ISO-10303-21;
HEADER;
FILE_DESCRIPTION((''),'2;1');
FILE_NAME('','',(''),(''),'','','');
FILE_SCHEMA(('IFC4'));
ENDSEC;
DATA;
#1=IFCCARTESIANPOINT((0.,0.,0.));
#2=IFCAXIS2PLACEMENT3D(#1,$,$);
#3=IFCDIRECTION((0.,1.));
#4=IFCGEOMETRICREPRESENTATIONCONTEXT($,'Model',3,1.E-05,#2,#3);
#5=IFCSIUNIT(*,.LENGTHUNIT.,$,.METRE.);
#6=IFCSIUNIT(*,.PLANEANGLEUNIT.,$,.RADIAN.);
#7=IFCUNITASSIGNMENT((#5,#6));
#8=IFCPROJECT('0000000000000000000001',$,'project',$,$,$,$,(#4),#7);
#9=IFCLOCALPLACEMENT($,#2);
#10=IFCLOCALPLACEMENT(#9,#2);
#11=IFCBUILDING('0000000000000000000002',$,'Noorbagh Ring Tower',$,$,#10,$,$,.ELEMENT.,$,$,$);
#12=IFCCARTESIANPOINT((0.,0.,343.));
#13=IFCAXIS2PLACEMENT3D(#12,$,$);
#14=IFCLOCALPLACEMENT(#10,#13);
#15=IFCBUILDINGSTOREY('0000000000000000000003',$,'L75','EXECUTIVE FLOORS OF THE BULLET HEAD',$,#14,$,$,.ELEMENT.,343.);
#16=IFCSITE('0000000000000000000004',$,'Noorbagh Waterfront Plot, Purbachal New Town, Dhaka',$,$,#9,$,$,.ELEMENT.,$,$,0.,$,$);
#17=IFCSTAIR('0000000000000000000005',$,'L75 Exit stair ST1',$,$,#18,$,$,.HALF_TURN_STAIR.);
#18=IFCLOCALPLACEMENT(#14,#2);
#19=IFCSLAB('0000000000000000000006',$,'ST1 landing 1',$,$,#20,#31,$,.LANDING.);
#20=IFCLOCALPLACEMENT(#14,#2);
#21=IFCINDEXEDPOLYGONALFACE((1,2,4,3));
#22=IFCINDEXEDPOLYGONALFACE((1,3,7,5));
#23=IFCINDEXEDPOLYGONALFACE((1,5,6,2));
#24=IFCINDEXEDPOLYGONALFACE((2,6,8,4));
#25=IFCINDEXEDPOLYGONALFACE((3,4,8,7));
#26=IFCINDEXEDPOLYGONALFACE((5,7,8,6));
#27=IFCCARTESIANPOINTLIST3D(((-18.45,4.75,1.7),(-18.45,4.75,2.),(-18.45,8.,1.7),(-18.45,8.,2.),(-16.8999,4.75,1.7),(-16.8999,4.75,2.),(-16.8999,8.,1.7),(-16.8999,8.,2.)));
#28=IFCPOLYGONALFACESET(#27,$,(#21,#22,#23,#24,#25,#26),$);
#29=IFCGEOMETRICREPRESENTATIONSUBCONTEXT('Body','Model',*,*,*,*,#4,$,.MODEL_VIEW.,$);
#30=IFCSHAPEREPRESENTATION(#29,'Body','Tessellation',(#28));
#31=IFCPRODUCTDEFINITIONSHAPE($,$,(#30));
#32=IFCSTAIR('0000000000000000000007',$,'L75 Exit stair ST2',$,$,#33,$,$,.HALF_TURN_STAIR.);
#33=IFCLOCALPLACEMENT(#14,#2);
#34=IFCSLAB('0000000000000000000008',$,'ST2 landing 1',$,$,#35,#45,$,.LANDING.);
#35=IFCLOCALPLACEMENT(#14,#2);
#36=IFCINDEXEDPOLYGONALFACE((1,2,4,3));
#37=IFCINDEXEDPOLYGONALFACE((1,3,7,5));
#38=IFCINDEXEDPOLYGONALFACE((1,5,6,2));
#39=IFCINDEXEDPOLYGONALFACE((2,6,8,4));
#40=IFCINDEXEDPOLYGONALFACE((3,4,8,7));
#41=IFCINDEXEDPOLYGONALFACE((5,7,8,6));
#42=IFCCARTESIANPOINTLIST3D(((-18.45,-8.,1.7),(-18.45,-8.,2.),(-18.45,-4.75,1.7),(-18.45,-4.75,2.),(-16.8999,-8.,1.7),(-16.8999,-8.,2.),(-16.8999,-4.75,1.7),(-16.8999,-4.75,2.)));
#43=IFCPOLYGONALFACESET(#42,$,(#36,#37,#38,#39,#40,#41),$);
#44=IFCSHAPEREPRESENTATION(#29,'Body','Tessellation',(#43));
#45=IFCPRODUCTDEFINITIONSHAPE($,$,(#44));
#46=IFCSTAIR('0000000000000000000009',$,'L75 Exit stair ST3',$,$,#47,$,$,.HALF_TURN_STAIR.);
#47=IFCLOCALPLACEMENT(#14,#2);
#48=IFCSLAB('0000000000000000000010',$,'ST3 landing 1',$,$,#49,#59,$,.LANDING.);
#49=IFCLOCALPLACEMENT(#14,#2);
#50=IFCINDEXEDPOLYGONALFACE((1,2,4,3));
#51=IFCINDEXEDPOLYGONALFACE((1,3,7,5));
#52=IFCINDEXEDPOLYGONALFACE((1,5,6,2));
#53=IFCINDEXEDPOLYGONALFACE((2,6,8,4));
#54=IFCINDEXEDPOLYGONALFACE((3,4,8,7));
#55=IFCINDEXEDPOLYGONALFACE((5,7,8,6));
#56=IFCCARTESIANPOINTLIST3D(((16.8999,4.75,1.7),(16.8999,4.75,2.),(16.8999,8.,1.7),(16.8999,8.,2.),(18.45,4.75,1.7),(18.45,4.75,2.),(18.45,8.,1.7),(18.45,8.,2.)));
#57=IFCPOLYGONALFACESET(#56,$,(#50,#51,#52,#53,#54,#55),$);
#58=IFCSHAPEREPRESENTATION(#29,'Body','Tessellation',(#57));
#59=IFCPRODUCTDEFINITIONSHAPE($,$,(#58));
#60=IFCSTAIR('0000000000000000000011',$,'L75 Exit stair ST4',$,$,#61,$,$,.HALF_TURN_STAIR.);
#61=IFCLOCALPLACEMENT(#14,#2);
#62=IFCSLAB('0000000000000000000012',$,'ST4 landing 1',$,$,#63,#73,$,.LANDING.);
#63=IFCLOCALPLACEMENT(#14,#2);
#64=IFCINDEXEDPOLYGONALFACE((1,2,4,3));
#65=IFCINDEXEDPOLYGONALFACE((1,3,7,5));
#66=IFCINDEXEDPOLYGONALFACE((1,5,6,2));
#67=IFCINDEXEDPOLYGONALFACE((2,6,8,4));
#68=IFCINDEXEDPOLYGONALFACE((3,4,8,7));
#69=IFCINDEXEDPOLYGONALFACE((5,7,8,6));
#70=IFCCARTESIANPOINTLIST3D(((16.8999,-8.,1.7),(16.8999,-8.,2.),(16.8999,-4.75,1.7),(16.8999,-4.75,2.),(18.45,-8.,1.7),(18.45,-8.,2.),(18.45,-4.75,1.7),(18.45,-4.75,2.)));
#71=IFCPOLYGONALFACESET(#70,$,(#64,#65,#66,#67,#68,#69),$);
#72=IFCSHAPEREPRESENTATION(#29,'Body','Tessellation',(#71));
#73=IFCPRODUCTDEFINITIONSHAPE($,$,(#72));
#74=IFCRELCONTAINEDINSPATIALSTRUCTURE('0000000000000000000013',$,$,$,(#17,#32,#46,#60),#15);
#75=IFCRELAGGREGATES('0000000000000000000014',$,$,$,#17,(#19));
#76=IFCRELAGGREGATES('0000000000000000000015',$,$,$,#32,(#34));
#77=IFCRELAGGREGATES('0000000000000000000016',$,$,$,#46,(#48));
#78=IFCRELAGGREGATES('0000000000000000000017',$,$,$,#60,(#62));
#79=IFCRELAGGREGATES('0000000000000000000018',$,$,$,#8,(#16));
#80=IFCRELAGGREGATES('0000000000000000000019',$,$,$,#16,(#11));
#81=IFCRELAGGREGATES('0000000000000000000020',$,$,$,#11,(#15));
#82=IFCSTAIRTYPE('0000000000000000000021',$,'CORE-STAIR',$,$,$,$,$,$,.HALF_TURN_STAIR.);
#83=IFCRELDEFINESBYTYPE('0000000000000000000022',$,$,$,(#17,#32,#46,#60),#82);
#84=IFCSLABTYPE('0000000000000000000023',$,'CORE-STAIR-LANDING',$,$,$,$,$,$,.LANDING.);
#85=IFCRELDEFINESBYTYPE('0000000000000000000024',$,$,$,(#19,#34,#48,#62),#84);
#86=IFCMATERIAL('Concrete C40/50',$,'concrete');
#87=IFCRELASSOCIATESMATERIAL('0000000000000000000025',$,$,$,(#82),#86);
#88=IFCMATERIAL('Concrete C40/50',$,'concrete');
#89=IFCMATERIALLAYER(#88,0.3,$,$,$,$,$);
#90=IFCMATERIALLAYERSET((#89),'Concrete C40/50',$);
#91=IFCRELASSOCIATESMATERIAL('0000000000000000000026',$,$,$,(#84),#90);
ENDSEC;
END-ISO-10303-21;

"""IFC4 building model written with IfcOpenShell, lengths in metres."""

from ifc_helpers import new_model, si_unit, direction, frame, origin, place, context, subcontext, project, spatial, polyline, outline, extrude, material, layer, layer_set, type_object, element, aggregate, save


model = new_model("IFC4")

# Units and contexts
model_context = context("Model", 3, precision=1e-05, world=origin(), true_north=direction((0.0, 1.0)))
body_context = subcontext(model_context, "Body", "Model", "MODEL_VIEW")
ifc_project = project(units=[si_unit("LENGTHUNIT", "METRE"), si_unit("PLANEANGLEUNIT", "RADIAN")], contexts=[model_context])

# Site, building, storey
site_placement = place(None, origin())
building_placement = place(site_placement, origin())
storey_placement = place(building_placement, frame((0.0, 0.0, 343.0)))
site = spatial("IfcSite", under=ifc_project, at=site_placement, Name="Noorbagh Waterfront Plot, Purbachal New Town, Dhaka", CompositionType="ELEMENT", RefElevation=0.0)
building = spatial("IfcBuilding", under=site, at=building_placement, Name="Noorbagh Ring Tower", CompositionType="ELEMENT")
storey = spatial("IfcBuildingStorey", under=building, at=storey_placement, Name="L75", Description="EXECUTIVE FLOORS OF THE BULLET HEAD", CompositionType="ELEMENT", Elevation=343.0)

# Stairs, slabs
ifc_material_1 = material(Name="Concrete C40/50", Category="concrete")
stair_type = type_object("IfcStairType", Name="CORE-STAIR", PredefinedType="HALF_TURN_STAIR", material=ifc_material_1)
stair_1_placement = place(storey_placement, origin())
stair_1 = element("IfcStair", 1, at=stair_1_placement, inside=storey, type_object=stair_type, Name="L75 Exit stair ST1", PredefinedType="HALF_TURN_STAIR")
ifc_material_2 = material(Name="Concrete C40/50", Category="concrete")
ifc_layer_1 = layer(ifc_material_2, 0.3)
ifc_layer_set_1 = layer_set([ifc_layer_1], Name="Concrete C40/50")
slab_type_1 = type_object("IfcSlabType", Name="CORE-STAIR-LANDING", PredefinedType="LANDING", material=ifc_layer_set_1)
slab_1_placement = place(storey_placement, frame((0.0, 0.0, 1.7)))
slab_1 = element("IfcSlab", 2, at=slab_1_placement, type_object=slab_type_1, Name="ST1 landing 1", PredefinedType="LANDING", context=body_context, shape_type="SweptSolid", body=[
    extrude(outline(polyline([(-18.45, 4.75), (-16.8999, 4.75), (-16.8999, 8.0), (-18.45, 8.0), (-18.45, 4.75)])), origin(), (0.0, 0.0, 1.0), 0.3),
])
aggregate(stair_1, [slab_1])
stair_2_placement = place(storey_placement, origin())
stair_2 = element("IfcStair", 3, at=stair_2_placement, inside=storey, type_object=stair_type, Name="L75 Exit stair ST2", PredefinedType="HALF_TURN_STAIR")
slab_2_placement = place(storey_placement, frame((0.0, 0.0, 1.7)))
slab_2 = element("IfcSlab", 4, at=slab_2_placement, type_object=slab_type_1, Name="ST2 landing 1", PredefinedType="LANDING", context=body_context, shape_type="SweptSolid", body=[
    extrude(outline(polyline([(-18.45, -8.0), (-16.8999, -8.0), (-16.8999, -4.75), (-18.45, -4.75), (-18.45, -8.0)])), origin(), (0.0, 0.0, 1.0), 0.3),
])
aggregate(stair_2, [slab_2])
stair_3_placement = place(storey_placement, origin())
stair_3 = element("IfcStair", 5, at=stair_3_placement, inside=storey, type_object=stair_type, Name="L75 Exit stair ST3", PredefinedType="HALF_TURN_STAIR")
slab_3_placement = place(storey_placement, frame((0.0, 0.0, 1.7)))
slab_3 = element("IfcSlab", 6, at=slab_3_placement, type_object=slab_type_1, Name="ST3 landing 1", PredefinedType="LANDING", context=body_context, shape_type="SweptSolid", body=[
    extrude(outline(polyline([(18.45, 8.0), (16.8999, 8.0), (16.8999, 4.75), (18.45, 4.75), (18.45, 8.0)])), origin(), (0.0, 0.0, 1.0), 0.3),
])
aggregate(stair_3, [slab_3])
stair_4_placement = place(storey_placement, origin())
stair_4 = element("IfcStair", 7, at=stair_4_placement, inside=storey, type_object=stair_type, Name="L75 Exit stair ST4", PredefinedType="HALF_TURN_STAIR")
slab_4_placement = place(storey_placement, frame((0.0, 0.0, 1.7)))
slab_4 = element("IfcSlab", 8, at=slab_4_placement, type_object=slab_type_1, Name="ST4 landing 1", PredefinedType="LANDING", context=body_context, shape_type="SweptSolid", body=[
    extrude(outline(polyline([(18.45, -4.75), (16.8999, -4.75), (16.8999, -8.0), (18.45, -8.0), (18.45, -4.75)])), origin(), (0.0, 0.0, 1.0), 0.3),
])
aggregate(stair_4, [slab_4])

save(model, "model.ifc")
